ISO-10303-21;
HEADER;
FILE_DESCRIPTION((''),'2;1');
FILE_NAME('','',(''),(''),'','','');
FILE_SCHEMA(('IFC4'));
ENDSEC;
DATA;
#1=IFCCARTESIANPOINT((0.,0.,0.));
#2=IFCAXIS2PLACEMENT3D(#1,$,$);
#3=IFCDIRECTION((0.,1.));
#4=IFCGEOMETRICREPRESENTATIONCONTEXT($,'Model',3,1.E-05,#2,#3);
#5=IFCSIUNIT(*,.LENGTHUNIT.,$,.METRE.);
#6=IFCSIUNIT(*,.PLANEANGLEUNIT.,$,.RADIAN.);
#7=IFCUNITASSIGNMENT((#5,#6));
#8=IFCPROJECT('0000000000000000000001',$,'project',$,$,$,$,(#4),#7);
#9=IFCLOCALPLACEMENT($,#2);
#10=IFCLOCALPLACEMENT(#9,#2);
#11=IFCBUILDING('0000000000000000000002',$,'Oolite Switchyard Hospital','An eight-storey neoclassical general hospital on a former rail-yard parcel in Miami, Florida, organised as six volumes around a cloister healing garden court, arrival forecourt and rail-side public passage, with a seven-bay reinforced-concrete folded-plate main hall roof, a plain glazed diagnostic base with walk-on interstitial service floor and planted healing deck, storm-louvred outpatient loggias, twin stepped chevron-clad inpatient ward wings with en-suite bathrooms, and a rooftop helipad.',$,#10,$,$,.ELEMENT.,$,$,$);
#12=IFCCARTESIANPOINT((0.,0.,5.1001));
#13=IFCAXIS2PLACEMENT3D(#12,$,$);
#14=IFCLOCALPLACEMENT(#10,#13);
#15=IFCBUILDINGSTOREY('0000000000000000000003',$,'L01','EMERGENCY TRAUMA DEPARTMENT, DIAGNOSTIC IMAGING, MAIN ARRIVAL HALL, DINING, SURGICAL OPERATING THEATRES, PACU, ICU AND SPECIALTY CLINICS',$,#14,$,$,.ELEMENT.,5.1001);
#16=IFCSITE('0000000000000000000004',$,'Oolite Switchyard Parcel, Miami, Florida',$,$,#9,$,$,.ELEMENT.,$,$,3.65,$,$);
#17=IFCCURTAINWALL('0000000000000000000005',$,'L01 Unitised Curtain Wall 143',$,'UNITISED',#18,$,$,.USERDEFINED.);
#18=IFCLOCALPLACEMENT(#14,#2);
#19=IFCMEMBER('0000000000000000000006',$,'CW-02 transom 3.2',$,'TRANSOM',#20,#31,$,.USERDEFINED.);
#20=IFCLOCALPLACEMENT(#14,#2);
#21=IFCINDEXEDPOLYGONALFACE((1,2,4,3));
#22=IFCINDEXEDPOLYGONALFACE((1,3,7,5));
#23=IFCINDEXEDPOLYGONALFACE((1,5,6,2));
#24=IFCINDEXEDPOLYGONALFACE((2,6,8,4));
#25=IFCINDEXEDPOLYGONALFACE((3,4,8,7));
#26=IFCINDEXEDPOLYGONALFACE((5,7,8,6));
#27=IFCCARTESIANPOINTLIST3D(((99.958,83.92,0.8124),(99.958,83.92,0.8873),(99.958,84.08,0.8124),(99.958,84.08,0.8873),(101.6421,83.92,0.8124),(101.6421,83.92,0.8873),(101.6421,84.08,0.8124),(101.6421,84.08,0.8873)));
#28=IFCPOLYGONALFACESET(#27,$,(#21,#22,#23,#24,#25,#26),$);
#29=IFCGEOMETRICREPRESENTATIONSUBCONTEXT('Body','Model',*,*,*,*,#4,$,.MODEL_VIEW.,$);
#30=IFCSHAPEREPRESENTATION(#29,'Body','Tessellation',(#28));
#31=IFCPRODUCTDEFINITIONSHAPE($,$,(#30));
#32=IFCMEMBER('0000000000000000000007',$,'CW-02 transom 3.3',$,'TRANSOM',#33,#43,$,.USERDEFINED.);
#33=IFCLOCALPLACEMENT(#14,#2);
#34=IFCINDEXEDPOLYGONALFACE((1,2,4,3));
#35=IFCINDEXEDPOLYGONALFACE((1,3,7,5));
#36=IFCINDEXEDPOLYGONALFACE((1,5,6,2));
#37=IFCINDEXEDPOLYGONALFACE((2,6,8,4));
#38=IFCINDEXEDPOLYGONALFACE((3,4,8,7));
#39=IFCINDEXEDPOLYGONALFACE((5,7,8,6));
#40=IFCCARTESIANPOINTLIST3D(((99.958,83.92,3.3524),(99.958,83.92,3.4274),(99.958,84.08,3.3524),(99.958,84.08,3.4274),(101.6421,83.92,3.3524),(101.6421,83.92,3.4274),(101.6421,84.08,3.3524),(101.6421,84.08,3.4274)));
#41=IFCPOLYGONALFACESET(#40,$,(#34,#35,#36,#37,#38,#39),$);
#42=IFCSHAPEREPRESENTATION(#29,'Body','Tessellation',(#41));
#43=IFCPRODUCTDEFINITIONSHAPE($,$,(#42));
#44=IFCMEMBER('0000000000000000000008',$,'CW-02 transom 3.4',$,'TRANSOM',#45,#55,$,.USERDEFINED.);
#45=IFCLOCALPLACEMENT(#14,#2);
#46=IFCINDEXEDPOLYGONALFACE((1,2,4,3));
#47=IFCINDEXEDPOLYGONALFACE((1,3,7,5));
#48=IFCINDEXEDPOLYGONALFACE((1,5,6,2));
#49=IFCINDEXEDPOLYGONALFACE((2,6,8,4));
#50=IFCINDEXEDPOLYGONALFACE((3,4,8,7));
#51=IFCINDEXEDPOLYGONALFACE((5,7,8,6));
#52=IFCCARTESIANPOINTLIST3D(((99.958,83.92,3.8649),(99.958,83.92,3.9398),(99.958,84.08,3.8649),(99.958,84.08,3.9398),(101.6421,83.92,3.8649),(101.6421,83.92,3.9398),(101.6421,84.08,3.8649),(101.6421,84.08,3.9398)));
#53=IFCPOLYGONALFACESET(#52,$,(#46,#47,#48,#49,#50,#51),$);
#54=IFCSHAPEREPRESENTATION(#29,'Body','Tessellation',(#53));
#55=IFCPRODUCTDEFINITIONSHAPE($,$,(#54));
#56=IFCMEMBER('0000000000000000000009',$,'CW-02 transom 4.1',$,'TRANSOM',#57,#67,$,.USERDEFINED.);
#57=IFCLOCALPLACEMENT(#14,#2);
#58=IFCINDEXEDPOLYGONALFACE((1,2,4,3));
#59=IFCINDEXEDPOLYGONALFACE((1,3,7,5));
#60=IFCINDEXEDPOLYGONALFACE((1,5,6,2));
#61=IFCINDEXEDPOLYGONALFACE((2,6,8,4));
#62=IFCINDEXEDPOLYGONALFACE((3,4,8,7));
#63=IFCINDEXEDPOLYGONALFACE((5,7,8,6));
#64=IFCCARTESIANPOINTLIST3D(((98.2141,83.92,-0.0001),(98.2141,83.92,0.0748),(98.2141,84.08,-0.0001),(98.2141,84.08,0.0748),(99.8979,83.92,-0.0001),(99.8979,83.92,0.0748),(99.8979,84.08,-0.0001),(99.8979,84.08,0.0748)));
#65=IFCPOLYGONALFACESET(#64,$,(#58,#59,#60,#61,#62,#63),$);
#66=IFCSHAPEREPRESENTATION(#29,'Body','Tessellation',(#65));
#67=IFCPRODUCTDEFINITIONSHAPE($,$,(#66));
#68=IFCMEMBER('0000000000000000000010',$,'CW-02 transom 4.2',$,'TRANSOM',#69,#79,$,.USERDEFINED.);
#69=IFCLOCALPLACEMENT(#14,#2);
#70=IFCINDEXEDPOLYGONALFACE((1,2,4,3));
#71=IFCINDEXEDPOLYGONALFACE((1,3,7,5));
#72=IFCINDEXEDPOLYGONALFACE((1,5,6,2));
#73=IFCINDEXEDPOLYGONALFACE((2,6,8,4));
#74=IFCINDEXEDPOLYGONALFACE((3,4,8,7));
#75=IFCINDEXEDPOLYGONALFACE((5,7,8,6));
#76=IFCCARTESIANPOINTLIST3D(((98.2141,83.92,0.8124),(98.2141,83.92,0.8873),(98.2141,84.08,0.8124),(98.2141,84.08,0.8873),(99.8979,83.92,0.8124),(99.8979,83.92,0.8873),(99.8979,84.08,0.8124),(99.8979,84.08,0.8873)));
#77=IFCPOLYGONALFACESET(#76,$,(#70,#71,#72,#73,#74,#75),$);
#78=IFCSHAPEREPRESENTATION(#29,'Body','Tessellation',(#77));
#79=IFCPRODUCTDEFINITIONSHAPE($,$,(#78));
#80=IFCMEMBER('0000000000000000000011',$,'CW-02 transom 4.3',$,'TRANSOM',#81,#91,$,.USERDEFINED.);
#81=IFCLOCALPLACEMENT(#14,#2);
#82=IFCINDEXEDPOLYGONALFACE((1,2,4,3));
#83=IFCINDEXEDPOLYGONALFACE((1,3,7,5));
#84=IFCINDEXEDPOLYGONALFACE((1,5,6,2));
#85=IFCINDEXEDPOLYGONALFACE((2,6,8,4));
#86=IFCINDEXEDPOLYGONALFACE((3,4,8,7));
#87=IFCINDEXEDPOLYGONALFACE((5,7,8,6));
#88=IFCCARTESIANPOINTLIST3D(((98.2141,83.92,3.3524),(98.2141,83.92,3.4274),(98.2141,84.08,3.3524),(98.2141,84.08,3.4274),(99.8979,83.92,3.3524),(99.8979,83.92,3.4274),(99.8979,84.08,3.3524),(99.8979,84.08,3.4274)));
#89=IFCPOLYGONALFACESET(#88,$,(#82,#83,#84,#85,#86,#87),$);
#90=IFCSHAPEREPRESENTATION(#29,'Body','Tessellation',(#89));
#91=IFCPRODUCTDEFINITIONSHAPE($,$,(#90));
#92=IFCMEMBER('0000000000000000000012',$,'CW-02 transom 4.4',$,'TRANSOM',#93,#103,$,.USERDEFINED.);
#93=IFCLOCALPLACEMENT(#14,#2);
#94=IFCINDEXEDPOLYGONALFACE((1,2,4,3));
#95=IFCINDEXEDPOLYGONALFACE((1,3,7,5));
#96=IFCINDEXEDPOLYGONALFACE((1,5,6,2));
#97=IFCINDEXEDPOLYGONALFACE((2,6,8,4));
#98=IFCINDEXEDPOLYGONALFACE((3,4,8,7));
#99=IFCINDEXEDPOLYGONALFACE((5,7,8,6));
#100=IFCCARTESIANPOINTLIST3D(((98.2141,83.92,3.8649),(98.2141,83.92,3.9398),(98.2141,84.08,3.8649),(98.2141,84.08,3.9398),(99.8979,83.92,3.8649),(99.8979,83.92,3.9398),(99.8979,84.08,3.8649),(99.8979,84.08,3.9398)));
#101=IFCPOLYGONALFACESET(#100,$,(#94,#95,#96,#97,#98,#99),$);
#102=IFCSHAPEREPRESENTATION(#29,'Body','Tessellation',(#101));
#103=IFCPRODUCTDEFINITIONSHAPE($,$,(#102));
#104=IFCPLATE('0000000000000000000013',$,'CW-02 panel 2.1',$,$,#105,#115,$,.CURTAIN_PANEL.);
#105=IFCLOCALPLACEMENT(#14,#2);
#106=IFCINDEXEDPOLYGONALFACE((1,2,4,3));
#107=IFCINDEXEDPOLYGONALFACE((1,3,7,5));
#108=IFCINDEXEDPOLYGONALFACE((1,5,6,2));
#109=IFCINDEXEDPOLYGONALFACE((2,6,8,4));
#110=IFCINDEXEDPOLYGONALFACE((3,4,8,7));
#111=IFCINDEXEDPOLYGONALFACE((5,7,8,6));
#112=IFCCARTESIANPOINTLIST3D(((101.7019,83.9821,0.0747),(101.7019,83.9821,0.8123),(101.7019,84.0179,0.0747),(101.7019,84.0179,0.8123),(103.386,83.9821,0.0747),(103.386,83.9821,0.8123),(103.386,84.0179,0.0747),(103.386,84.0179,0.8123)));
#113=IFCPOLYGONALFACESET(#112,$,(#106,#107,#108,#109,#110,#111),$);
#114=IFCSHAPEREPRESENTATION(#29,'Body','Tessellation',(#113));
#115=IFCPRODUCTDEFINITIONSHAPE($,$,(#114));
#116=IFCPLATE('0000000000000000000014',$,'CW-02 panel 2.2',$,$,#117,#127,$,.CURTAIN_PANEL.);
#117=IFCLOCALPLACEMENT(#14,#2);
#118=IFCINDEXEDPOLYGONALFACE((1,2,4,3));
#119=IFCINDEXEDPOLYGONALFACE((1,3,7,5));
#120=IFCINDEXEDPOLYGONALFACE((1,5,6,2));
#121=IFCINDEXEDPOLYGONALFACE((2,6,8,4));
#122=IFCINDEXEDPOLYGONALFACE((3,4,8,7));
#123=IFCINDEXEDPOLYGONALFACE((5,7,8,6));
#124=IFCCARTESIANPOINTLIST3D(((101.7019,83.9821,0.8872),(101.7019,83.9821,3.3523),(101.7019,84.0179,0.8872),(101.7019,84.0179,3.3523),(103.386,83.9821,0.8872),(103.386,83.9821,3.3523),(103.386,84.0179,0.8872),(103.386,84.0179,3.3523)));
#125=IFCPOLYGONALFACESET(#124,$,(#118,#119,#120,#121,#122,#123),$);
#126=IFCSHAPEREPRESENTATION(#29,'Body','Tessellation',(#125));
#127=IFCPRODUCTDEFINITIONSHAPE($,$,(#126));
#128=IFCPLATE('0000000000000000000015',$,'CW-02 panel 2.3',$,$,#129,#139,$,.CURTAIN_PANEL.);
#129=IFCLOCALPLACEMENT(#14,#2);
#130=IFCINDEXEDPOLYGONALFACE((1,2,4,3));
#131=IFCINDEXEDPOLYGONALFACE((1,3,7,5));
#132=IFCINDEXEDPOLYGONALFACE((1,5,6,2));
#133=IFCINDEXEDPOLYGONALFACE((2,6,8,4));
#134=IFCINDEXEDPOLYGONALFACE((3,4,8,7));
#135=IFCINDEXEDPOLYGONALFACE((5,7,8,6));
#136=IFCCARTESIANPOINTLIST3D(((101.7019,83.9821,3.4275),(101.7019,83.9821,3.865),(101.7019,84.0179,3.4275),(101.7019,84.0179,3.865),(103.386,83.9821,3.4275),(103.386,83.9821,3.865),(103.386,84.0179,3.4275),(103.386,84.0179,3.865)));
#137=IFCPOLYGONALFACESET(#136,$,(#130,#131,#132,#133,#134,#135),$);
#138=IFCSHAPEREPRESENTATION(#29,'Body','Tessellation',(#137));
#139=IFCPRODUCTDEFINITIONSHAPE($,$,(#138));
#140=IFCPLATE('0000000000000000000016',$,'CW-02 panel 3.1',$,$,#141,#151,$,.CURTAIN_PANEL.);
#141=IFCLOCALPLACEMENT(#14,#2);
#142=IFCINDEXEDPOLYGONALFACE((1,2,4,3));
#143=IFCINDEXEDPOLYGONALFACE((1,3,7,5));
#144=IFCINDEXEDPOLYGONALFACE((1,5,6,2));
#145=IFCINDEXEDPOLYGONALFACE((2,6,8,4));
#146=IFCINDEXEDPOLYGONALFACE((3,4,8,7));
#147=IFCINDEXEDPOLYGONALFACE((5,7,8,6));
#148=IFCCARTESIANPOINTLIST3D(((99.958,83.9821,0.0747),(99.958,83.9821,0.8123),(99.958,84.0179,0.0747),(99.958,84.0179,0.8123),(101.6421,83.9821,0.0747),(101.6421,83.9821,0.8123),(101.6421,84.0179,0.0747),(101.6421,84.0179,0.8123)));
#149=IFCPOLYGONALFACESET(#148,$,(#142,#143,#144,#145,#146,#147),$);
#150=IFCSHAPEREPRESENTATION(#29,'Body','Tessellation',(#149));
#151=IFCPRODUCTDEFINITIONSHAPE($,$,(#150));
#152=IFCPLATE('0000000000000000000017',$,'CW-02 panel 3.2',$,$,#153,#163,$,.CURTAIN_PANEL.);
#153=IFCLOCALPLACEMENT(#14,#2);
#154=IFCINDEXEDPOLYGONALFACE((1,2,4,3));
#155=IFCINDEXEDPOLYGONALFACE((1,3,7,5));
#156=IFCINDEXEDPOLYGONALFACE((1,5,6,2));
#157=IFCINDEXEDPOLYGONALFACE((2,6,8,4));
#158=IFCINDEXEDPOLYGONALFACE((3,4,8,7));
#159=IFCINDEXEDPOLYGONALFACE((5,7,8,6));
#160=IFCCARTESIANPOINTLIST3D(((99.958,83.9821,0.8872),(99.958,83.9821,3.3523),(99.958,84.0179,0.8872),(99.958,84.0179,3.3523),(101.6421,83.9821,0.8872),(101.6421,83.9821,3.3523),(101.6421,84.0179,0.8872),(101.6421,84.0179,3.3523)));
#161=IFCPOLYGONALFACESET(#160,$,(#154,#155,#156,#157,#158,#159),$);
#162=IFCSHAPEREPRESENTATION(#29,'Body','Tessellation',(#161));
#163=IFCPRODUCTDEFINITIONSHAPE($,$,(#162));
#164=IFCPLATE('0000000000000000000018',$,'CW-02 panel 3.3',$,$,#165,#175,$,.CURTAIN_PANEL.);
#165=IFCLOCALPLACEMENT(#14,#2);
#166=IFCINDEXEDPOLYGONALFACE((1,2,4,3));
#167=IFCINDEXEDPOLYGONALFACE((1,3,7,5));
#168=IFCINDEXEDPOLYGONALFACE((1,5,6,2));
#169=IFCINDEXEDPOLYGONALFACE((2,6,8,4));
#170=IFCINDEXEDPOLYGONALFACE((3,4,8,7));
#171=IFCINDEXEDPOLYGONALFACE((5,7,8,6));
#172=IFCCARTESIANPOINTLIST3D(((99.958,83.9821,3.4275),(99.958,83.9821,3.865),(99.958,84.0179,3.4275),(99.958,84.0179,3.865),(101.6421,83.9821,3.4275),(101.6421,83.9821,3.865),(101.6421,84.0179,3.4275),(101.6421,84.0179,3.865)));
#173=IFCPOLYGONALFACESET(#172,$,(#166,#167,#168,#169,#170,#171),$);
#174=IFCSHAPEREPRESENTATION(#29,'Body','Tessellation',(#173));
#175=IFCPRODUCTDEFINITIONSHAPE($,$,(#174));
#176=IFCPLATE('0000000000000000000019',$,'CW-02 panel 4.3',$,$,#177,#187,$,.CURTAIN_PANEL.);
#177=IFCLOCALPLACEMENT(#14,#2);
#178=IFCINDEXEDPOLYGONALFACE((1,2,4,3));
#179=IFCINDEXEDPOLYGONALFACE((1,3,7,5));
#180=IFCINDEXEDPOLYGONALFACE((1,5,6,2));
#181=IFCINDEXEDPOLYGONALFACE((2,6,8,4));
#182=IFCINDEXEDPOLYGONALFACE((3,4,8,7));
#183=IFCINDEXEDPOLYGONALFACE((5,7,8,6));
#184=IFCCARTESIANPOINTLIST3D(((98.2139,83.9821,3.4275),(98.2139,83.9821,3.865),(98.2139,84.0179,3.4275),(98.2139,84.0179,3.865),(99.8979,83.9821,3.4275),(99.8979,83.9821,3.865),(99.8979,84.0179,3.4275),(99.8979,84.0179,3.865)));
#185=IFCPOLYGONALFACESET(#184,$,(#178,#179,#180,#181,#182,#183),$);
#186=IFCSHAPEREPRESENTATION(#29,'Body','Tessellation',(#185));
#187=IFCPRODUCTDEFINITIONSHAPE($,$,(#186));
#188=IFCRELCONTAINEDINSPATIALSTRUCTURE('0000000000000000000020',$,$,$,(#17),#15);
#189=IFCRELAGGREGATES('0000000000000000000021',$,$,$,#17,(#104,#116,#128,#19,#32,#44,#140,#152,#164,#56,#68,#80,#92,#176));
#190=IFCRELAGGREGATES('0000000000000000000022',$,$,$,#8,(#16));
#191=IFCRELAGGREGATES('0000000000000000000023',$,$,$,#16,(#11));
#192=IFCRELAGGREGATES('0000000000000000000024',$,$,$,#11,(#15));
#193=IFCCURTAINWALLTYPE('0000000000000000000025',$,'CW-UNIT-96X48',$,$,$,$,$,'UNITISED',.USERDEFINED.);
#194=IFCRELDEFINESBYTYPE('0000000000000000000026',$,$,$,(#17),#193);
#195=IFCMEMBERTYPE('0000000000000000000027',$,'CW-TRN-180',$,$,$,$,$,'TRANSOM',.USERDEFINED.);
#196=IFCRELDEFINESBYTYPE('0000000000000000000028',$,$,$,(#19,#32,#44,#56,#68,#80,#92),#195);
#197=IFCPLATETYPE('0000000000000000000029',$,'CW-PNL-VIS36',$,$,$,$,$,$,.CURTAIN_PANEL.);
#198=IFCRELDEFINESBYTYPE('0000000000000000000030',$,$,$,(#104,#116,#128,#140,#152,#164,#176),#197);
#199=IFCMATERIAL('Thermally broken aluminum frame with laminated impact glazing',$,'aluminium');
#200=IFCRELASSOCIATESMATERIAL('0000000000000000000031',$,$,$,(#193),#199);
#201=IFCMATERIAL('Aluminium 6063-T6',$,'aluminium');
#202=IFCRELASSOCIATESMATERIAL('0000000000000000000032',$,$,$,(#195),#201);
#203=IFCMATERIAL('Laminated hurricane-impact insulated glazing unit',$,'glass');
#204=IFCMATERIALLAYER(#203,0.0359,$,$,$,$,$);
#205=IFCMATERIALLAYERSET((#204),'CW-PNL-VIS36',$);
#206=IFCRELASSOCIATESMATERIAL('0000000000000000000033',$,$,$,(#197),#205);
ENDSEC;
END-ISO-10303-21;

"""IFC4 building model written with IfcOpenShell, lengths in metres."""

from ifc_helpers import new_model, si_unit, direction, frame, origin, origin_2d, place, context, subcontext, project, spatial, rectangle, extrude, material, layer, layer_set, material_profile, profile_set, type_object, element, aggregate, save


model = new_model("IFC4")

# Units and contexts
model_context = context("Model", 3, precision=1e-05, world=origin(), true_north=direction((0.0, 1.0)))
body_context = subcontext(model_context, "Body", "Model", "MODEL_VIEW")
ifc_project = project(units=[si_unit("LENGTHUNIT", "METRE"), si_unit("PLANEANGLEUNIT", "RADIAN")], contexts=[model_context])

# Site, building, storey
site_placement = place(None, origin())
site = spatial("IfcSite", under=ifc_project, at=site_placement, Name="Oolite Switchyard Parcel, Miami, Florida", CompositionType="ELEMENT", RefElevation=3.65)
building_placement = place(site_placement, origin())
building = spatial("IfcBuilding", under=site, at=building_placement, Name="Oolite Switchyard Hospital", Description="An eight-storey neoclassical general hospital on a former rail-yard parcel in Miami, Florida, organised as six volumes around a cloister healing garden court, arrival forecourt and rail-side public passage, with a seven-bay reinforced-concrete folded-plate main hall roof, a plain glazed diagnostic base with walk-on interstitial service floor and planted healing deck, storm-louvred outpatient loggias, twin stepped chevron-clad inpatient ward wings with en-suite bathrooms, and a rooftop helipad.", CompositionType="ELEMENT")
storey_placement = place(building_placement, frame((0.0, 0.0, 5.1001)))
storey = spatial("IfcBuildingStorey", under=building, at=storey_placement, Name="L01", Description="EMERGENCY TRAUMA DEPARTMENT, DIAGNOSTIC IMAGING, MAIN ARRIVAL HALL, DINING, SURGICAL OPERATING THEATRES, PACU, ICU AND SPECIALTY CLINICS", CompositionType="ELEMENT", Elevation=5.1001)

# Curtain wall, members, plates
ifc_material_1 = material(Name="Thermally broken aluminum frame with laminated impact glazing", Category="aluminium")
curtain_wall_type = type_object("IfcCurtainWallType", Name="CW-UNIT-96X48", ElementType="UNITISED", PredefinedType="USERDEFINED", material=ifc_material_1)
curtain_wall_placement = place(storey_placement, origin())
curtain_wall = element("IfcCurtainWall", 1, at=curtain_wall_placement, inside=storey, type_object=curtain_wall_type, Name="L01 Unitised Curtain Wall 143", ObjectType="UNITISED", PredefinedType="USERDEFINED")
ifc_material_2 = material(Name="Aluminium 6063-T6", Category="aluminium")
ifc_material_profile_1 = material_profile(ifc_material_2, rectangle(XDim=0.1599, YDim=0.075, at=origin_2d()), Name="CWT75X160")
ifc_profile_set_1 = profile_set([ifc_material_profile_1], Name="Aluminium 6063-T6")
member_type_1 = type_object("IfcMemberType", Name="CW-TRN-180", ElementType="TRANSOM", PredefinedType="USERDEFINED", material=ifc_profile_set_1)
member_1_placement = place(storey_placement, frame((101.6421, 84.0, 0.8499), z_axis=(-1.0, 0.0, 0.0), x_axis=(0.0, -1.0, 0.0)))
member_1 = element("IfcMember", 2, at=member_1_placement, type_object=member_type_1, Name="CW-02 transom 3.2", ObjectType="TRANSOM", PredefinedType="USERDEFINED", context=body_context, shape_type="SweptSolid", body=[
    extrude(rectangle(XDim=0.1599, YDim=0.075, at=origin_2d()), origin(), (0.0, 0.0, 1.0), 1.6841),
])
member_2_placement = place(storey_placement, frame((101.6421, 84.0, 3.3899), z_axis=(-1.0, 0.0, 0.0), x_axis=(0.0, -1.0, 0.0)))
member_2 = element("IfcMember", 3, at=member_2_placement, type_object=member_type_1, Name="CW-02 transom 3.3", ObjectType="TRANSOM", PredefinedType="USERDEFINED", context=body_context, shape_type="SweptSolid", body=[
    extrude(rectangle(XDim=0.1599, YDim=0.075, at=origin_2d()), origin(), (0.0, 0.0, 1.0), 1.6841),
])
member_3_placement = place(storey_placement, frame((101.6421, 84.0, 3.9023), z_axis=(-1.0, 0.0, 0.0), x_axis=(0.0, -1.0, 0.0)))
member_3 = element("IfcMember", 4, at=member_3_placement, type_object=member_type_1, Name="CW-02 transom 3.4", ObjectType="TRANSOM", PredefinedType="USERDEFINED", context=body_context, shape_type="SweptSolid", body=[
    extrude(rectangle(XDim=0.1599, YDim=0.075, at=origin_2d()), origin(), (0.0, 0.0, 1.0), 1.6841),
])
member_4_placement = place(storey_placement, frame((99.8979, 84.0, 0.0374), z_axis=(-1.0, 0.0, 0.0), x_axis=(0.0, -1.0, 0.0)))
member_4 = element("IfcMember", 5, at=member_4_placement, type_object=member_type_1, Name="CW-02 transom 4.1", ObjectType="TRANSOM", PredefinedType="USERDEFINED", context=body_context, shape_type="SweptSolid", body=[
    extrude(rectangle(XDim=0.1599, YDim=0.075, at=origin_2d()), origin(), (0.0, 0.0, 1.0), 1.6838),
])
member_5_placement = place(storey_placement, frame((99.8979, 84.0, 0.8499), z_axis=(-1.0, 0.0, 0.0), x_axis=(0.0, -1.0, 0.0)))
member_5 = element("IfcMember", 6, at=member_5_placement, type_object=member_type_1, Name="CW-02 transom 4.2", ObjectType="TRANSOM", PredefinedType="USERDEFINED", context=body_context, shape_type="SweptSolid", body=[
    extrude(rectangle(XDim=0.1599, YDim=0.075, at=origin_2d()), origin(), (0.0, 0.0, 1.0), 1.6838),
])
member_6_placement = place(storey_placement, frame((99.8979, 84.0, 3.3899), z_axis=(-1.0, 0.0, 0.0), x_axis=(0.0, -1.0, 0.0)))
member_6 = element("IfcMember", 7, at=member_6_placement, type_object=member_type_1, Name="CW-02 transom 4.3", ObjectType="TRANSOM", PredefinedType="USERDEFINED", context=body_context, shape_type="SweptSolid", body=[
    extrude(rectangle(XDim=0.1599, YDim=0.075, at=origin_2d()), origin(), (0.0, 0.0, 1.0), 1.6838),
])
member_7_placement = place(storey_placement, frame((99.8979, 84.0, 3.9023), z_axis=(-1.0, 0.0, 0.0), x_axis=(0.0, -1.0, 0.0)))
member_7 = element("IfcMember", 8, at=member_7_placement, type_object=member_type_1, Name="CW-02 transom 4.4", ObjectType="TRANSOM", PredefinedType="USERDEFINED", context=body_context, shape_type="SweptSolid", body=[
    extrude(rectangle(XDim=0.1599, YDim=0.075, at=origin_2d()), origin(), (0.0, 0.0, 1.0), 1.6838),
])
ifc_material_3 = material(Name="Laminated hurricane-impact insulated glazing unit", Category="glass")
ifc_layer = layer(ifc_material_3, 0.0359)
ifc_layer_set = layer_set([ifc_layer], Name="CW-PNL-VIS36")
plate_type = type_object("IfcPlateType", Name="CW-PNL-VIS36", PredefinedType="CURTAIN_PANEL", material=ifc_layer_set)
plate_1_placement = place(storey_placement, frame((102.5439, 84.0, 0.0747), z_axis=(0.0, 0.0, 1.0), x_axis=(-1.0, 0.0, 0.0)))
plate_1 = element("IfcPlate", 9, at=plate_1_placement, type_object=plate_type, Name="CW-02 panel 2.1", PredefinedType="CURTAIN_PANEL", context=body_context, shape_type="SweptSolid", body=[
    extrude(rectangle(XDim=1.6841, YDim=0.0359, at=origin_2d()), origin(), (0.0, 0.0, 1.0), 0.7375),
])
plate_2_placement = place(storey_placement, frame((102.5439, 84.0, 0.8872), z_axis=(0.0, 0.0, 1.0), x_axis=(-1.0, 0.0, 0.0)))
plate_2 = element("IfcPlate", 10, at=plate_2_placement, type_object=plate_type, Name="CW-02 panel 2.2", PredefinedType="CURTAIN_PANEL", context=body_context, shape_type="SweptSolid", body=[
    extrude(rectangle(XDim=1.6841, YDim=0.0359, at=origin_2d()), origin(), (0.0, 0.0, 1.0), 2.4651),
])
plate_3_placement = place(storey_placement, frame((102.5439, 84.0, 3.4275), z_axis=(0.0, 0.0, 1.0), x_axis=(-1.0, 0.0, 0.0)))
plate_3 = element("IfcPlate", 11, at=plate_3_placement, type_object=plate_type, Name="CW-02 panel 2.3", PredefinedType="CURTAIN_PANEL", context=body_context, shape_type="SweptSolid", body=[
    extrude(rectangle(XDim=1.6841, YDim=0.0359, at=origin_2d()), origin(), (0.0, 0.0, 1.0), 0.4375),
])
plate_4_placement = place(storey_placement, frame((100.8, 84.0, 0.0747), z_axis=(0.0, 0.0, 1.0), x_axis=(-1.0, 0.0, 0.0)))
plate_4 = element("IfcPlate", 12, at=plate_4_placement, type_object=plate_type, Name="CW-02 panel 3.1", PredefinedType="CURTAIN_PANEL", context=body_context, shape_type="SweptSolid", body=[
    extrude(rectangle(XDim=1.6841, YDim=0.0359, at=origin_2d()), origin(), (0.0, 0.0, 1.0), 0.7375),
])
plate_5_placement = place(storey_placement, frame((100.8, 84.0, 0.8872), z_axis=(0.0, 0.0, 1.0), x_axis=(-1.0, 0.0, 0.0)))
plate_5 = element("IfcPlate", 13, at=plate_5_placement, type_object=plate_type, Name="CW-02 panel 3.2", PredefinedType="CURTAIN_PANEL", context=body_context, shape_type="SweptSolid", body=[
    extrude(rectangle(XDim=1.6841, YDim=0.0359, at=origin_2d()), origin(), (0.0, 0.0, 1.0), 2.4651),
])
plate_6_placement = place(storey_placement, frame((100.8, 84.0, 3.4275), z_axis=(0.0, 0.0, 1.0), x_axis=(-1.0, 0.0, 0.0)))
plate_6 = element("IfcPlate", 14, at=plate_6_placement, type_object=plate_type, Name="CW-02 panel 3.3", PredefinedType="CURTAIN_PANEL", context=body_context, shape_type="SweptSolid", body=[
    extrude(rectangle(XDim=1.6841, YDim=0.0359, at=origin_2d()), origin(), (0.0, 0.0, 1.0), 0.4375),
])
plate_7_placement = place(storey_placement, frame((99.0559, 84.0, 3.4275), z_axis=(0.0, 0.0, 1.0), x_axis=(-1.0, 0.0, 0.0)))
plate_7 = element("IfcPlate", 15, at=plate_7_placement, type_object=plate_type, Name="CW-02 panel 4.3", PredefinedType="CURTAIN_PANEL", context=body_context, shape_type="SweptSolid", body=[
    extrude(rectangle(XDim=1.6841, YDim=0.0359, at=origin_2d()), origin(), (0.0, 0.0, 1.0), 0.4375),
])
aggregate(curtain_wall, [plate_1, plate_2, plate_3, member_1, member_2, member_3, plate_4, plate_5, plate_6, member_4, member_5, member_6, member_7, plate_7])

save(model, "model.ifc")
